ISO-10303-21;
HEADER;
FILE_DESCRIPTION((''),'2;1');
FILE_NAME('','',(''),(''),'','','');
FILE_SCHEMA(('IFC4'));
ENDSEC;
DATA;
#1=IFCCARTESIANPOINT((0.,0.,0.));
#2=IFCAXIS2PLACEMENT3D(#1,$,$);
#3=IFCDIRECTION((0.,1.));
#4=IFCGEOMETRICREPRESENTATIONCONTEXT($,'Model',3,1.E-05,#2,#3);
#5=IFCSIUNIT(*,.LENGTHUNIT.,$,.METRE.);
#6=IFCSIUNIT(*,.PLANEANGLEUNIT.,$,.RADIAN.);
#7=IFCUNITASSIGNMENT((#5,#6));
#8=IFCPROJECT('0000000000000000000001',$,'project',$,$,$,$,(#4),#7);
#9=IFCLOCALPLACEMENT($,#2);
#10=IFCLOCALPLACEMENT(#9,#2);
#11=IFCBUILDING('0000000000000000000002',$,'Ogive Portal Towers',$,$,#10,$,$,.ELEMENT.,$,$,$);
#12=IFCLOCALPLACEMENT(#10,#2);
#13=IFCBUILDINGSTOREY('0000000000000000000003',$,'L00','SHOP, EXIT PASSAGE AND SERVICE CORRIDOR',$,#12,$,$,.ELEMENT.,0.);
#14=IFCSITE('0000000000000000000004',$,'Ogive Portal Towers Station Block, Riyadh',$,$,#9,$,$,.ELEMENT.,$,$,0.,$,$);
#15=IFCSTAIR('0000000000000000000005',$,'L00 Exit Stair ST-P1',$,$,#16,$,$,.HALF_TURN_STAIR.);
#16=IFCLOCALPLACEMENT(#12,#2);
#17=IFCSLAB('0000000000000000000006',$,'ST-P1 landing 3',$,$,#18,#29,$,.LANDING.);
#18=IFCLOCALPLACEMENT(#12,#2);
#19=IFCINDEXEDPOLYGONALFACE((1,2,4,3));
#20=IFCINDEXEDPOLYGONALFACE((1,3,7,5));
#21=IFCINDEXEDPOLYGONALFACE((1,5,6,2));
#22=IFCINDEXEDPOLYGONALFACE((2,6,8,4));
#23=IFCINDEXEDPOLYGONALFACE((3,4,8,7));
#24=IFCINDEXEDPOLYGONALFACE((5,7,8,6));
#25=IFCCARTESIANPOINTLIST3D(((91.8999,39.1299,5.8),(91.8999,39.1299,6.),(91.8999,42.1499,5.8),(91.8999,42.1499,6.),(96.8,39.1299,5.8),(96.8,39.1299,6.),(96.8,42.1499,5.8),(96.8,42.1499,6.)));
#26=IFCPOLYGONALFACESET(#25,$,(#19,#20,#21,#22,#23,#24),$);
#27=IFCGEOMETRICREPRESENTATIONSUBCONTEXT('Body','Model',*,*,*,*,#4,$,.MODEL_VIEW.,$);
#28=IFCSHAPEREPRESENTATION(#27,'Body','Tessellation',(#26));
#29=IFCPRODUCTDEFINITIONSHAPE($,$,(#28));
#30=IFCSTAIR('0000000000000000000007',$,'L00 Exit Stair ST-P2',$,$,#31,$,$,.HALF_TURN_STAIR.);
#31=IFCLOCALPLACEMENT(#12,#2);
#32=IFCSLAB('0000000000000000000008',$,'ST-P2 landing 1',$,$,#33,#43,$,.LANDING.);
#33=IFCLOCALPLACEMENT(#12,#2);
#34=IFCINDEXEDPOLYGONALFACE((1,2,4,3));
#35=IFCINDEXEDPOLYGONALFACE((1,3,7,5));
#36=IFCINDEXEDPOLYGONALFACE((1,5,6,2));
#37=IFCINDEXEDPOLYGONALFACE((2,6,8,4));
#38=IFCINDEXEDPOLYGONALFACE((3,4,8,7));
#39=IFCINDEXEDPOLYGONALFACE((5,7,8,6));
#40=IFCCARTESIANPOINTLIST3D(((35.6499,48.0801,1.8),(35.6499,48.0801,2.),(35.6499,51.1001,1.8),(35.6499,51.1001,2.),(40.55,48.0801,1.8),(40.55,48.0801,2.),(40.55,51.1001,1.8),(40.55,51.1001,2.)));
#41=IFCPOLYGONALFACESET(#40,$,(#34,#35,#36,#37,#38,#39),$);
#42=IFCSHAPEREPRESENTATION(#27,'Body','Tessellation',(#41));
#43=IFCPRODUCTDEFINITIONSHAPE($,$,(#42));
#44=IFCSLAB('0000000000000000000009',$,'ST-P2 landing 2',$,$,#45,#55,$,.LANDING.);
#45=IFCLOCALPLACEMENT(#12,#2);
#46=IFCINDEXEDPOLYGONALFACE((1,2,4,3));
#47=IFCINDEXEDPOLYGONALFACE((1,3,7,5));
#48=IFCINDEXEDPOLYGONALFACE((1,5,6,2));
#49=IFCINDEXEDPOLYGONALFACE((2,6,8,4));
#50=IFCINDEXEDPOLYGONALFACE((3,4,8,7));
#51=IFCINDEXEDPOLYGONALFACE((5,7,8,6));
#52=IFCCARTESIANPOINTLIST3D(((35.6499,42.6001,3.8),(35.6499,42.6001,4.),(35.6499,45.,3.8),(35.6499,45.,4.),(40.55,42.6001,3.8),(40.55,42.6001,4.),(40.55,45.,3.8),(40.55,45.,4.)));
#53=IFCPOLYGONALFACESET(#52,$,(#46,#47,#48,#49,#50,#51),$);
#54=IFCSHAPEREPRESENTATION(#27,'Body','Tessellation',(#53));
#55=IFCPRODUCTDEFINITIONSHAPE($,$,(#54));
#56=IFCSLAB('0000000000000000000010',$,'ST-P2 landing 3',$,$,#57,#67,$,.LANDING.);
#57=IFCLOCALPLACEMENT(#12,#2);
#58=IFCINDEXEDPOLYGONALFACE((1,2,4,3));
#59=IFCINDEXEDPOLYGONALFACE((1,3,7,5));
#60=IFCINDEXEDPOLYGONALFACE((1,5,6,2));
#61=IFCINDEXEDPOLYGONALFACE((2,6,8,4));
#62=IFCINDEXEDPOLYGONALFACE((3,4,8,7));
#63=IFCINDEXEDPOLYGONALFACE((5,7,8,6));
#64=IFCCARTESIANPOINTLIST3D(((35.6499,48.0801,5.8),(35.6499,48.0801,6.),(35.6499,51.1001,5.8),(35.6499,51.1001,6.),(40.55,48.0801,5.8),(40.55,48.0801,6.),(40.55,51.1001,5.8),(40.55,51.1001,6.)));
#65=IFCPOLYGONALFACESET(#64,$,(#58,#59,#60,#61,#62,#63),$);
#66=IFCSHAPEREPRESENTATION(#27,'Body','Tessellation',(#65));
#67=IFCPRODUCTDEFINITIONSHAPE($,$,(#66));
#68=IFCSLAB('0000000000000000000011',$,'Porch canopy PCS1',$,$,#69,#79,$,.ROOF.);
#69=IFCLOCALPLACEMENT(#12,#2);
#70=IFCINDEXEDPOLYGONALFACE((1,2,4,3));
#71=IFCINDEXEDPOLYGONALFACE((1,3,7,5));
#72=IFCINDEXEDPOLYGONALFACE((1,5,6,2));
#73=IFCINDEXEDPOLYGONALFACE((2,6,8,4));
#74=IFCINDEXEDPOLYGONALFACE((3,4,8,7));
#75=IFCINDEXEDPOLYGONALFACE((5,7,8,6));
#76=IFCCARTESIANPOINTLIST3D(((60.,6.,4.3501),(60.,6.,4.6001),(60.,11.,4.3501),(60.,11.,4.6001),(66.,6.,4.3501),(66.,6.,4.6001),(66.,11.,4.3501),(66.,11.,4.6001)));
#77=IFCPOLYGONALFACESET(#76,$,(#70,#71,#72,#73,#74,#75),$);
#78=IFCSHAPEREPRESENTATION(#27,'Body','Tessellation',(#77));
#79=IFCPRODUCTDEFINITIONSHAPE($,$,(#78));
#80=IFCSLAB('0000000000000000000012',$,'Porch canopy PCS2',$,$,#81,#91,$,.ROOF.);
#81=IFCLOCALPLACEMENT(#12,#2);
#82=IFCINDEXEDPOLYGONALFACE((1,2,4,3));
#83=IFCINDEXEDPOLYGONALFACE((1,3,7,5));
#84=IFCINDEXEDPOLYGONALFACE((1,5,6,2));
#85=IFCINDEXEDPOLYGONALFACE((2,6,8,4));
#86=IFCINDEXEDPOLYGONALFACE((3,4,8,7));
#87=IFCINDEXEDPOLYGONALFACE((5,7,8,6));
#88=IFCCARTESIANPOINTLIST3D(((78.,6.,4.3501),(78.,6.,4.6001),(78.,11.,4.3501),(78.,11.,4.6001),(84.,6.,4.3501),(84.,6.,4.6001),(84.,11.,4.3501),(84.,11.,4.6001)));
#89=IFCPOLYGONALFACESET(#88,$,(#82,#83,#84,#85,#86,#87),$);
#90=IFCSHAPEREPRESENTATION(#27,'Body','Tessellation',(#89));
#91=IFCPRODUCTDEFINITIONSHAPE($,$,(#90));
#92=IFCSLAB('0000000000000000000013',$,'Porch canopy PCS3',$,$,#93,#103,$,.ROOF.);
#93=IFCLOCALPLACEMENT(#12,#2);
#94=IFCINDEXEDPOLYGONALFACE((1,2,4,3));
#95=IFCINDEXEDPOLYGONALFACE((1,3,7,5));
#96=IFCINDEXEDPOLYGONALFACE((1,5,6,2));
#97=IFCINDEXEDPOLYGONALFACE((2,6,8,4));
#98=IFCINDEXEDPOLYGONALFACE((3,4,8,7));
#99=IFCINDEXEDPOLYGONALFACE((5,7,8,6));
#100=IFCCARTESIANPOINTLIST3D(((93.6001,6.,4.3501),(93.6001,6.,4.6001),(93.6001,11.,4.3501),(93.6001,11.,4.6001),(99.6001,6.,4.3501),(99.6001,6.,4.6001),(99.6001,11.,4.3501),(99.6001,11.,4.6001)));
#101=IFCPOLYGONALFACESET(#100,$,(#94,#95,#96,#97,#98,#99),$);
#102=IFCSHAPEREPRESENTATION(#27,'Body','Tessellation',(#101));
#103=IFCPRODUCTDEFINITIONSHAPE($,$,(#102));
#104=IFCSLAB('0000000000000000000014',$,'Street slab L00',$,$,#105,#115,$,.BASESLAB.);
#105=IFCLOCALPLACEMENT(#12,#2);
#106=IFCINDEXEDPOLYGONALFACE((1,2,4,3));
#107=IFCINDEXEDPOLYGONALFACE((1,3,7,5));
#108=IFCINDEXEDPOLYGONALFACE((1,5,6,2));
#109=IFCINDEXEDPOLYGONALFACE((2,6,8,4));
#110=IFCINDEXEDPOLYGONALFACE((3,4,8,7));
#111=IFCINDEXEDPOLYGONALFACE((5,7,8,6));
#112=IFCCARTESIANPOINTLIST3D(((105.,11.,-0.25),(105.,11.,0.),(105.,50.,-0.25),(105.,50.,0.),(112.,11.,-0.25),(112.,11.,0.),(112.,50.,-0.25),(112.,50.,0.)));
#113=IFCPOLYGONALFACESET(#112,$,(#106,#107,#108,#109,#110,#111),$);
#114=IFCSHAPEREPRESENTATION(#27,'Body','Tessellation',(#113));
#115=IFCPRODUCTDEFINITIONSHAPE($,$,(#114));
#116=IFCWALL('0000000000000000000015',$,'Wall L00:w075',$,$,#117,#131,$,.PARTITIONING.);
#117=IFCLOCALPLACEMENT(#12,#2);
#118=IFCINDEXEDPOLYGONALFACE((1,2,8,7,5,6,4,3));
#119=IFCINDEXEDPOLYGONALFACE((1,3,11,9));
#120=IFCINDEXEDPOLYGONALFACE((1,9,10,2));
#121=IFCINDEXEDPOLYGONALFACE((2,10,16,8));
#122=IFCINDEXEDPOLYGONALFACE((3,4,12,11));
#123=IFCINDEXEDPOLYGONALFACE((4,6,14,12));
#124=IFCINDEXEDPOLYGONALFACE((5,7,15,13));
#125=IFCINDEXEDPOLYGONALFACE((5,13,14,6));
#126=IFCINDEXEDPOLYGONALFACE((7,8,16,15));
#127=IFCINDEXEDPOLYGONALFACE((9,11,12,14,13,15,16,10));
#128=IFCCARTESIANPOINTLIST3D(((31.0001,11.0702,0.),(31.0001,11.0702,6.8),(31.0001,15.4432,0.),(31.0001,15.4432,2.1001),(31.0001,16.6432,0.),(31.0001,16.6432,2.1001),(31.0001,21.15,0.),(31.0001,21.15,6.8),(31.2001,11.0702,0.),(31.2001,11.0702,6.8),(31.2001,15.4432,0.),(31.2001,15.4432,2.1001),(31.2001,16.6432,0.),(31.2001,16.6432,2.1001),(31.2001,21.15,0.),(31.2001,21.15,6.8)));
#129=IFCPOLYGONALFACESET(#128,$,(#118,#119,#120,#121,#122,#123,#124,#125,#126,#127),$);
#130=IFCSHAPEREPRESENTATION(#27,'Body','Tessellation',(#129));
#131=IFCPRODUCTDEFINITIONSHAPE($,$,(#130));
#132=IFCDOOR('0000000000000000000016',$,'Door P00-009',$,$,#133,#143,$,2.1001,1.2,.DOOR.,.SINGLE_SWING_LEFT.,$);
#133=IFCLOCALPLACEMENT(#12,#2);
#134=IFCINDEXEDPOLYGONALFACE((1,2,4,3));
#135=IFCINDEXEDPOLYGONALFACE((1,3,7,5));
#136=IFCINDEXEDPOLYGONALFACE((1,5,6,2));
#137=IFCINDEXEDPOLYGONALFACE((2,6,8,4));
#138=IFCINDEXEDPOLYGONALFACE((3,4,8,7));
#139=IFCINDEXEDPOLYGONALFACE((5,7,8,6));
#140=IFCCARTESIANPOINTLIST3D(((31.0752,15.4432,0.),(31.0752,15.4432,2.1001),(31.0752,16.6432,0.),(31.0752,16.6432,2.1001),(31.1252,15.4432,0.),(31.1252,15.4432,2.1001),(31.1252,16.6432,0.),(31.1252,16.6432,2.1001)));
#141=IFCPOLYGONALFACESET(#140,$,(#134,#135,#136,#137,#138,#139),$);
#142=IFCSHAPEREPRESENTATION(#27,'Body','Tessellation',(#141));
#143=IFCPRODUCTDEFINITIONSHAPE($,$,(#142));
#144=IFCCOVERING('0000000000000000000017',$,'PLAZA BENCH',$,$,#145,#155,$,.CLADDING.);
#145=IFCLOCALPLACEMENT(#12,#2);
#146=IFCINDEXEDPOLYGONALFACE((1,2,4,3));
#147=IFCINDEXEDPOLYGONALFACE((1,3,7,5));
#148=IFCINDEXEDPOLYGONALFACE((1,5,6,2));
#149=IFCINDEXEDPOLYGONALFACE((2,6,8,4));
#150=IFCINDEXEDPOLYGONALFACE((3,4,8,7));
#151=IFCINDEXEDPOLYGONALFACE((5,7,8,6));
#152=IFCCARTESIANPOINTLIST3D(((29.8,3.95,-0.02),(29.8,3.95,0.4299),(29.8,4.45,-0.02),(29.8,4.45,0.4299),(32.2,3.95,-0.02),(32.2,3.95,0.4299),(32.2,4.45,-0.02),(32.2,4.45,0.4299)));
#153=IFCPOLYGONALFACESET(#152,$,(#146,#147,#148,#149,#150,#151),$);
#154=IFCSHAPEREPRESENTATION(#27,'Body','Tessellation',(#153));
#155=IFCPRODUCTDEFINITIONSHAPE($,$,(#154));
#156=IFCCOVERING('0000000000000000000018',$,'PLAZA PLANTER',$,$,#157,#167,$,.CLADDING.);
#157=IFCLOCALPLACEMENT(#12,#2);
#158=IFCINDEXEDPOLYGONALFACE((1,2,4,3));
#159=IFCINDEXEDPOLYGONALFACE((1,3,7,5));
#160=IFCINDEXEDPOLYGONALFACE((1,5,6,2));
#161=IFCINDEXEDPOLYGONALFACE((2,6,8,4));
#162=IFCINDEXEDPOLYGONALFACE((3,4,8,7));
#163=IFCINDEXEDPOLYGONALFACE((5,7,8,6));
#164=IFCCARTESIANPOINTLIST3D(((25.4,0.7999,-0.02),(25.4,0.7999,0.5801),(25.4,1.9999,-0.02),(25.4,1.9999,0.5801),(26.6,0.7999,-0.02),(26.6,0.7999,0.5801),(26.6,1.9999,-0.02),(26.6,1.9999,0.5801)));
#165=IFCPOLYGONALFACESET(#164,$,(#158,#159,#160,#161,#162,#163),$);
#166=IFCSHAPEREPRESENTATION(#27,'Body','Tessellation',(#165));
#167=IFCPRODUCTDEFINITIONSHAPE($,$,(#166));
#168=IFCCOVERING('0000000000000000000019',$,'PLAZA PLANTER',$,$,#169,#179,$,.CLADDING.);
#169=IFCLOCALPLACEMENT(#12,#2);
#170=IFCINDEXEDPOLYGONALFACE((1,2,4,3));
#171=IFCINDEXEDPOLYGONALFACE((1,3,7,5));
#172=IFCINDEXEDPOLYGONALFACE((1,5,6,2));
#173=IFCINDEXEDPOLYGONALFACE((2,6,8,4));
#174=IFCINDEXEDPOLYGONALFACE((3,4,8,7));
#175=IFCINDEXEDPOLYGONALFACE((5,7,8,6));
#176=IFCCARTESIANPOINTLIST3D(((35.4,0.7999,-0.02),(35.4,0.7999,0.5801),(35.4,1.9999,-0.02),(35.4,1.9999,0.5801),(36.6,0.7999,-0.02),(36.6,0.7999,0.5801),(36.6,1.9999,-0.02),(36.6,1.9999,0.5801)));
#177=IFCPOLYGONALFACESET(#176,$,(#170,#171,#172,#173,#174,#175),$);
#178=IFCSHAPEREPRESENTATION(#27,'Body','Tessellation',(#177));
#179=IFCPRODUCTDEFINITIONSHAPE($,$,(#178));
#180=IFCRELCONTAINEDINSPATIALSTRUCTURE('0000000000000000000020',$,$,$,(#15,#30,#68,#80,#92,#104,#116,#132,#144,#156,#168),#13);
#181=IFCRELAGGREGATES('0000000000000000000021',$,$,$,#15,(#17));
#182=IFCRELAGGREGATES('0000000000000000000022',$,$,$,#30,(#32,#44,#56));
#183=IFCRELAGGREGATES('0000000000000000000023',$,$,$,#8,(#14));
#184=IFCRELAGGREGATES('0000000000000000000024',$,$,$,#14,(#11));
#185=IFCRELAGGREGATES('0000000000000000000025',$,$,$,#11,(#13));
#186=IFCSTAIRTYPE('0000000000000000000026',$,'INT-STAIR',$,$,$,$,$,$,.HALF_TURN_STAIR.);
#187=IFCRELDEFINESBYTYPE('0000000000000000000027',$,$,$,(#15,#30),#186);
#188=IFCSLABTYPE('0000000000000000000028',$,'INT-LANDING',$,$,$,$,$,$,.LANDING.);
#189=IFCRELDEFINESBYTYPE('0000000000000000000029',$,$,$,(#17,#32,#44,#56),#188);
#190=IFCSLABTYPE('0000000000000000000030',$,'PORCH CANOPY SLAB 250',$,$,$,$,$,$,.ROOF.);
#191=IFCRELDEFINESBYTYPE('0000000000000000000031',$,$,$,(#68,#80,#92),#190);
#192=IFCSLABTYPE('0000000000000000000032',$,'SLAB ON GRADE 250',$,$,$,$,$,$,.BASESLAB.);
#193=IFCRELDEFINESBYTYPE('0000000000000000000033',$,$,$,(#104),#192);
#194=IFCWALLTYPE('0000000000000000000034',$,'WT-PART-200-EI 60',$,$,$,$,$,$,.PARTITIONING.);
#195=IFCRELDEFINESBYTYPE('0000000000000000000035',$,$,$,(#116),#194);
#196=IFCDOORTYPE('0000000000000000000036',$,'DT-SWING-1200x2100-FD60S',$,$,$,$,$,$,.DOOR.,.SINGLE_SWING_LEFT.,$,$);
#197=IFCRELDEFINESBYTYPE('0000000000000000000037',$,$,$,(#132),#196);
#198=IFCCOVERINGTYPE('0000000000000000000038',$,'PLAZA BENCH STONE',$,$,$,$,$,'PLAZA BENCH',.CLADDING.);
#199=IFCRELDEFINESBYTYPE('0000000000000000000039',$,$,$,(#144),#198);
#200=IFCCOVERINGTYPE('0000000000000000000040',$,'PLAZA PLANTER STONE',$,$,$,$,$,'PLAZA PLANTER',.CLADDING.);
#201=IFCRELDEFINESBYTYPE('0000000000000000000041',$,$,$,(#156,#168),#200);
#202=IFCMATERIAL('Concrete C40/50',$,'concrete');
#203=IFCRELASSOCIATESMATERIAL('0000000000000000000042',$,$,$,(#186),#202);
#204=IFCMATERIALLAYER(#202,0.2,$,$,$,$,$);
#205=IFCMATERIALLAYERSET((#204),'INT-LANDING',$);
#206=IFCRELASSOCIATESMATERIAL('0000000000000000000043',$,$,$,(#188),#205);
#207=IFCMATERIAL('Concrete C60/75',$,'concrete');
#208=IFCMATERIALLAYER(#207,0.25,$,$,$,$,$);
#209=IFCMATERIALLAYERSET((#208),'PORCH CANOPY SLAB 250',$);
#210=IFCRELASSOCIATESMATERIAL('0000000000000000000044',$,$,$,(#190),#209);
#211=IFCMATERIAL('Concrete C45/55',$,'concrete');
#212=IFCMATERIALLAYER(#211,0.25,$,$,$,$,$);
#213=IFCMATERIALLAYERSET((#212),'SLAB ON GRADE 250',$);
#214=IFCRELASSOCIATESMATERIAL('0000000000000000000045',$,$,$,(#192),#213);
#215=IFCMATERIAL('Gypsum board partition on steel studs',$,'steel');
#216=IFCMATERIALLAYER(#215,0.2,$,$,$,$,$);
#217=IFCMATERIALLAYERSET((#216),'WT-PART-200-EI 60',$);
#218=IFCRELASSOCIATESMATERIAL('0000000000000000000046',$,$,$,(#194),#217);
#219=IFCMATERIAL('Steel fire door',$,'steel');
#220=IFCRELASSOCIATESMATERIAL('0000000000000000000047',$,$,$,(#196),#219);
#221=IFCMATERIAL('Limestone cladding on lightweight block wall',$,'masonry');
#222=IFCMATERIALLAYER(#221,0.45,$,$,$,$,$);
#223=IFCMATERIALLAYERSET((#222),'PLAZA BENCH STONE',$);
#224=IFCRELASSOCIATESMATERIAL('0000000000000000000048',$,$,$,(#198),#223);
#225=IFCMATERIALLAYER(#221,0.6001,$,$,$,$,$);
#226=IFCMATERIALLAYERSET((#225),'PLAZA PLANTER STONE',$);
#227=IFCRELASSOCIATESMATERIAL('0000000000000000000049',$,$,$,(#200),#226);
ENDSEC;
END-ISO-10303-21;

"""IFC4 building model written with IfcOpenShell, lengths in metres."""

from ifc_helpers import new_model, si_unit, direction, frame, frame_2d, origin, origin_2d, place, context, subcontext, project, spatial, polyline, rectangle, outline, extrude, material, layer, layer_set, type_object, element, fill, aggregate, save


model = new_model("IFC4")

# Units and contexts
model_context = context("Model", 3, precision=1e-05, world=origin(), true_north=direction((0.0, 1.0)))
body_context = subcontext(model_context, "Body", "Model", "MODEL_VIEW")
ifc_project = project(units=[si_unit("LENGTHUNIT", "METRE"), si_unit("PLANEANGLEUNIT", "RADIAN")], contexts=[model_context])

# Site, building, storey
site_placement = place(None, origin())
site = spatial("IfcSite", under=ifc_project, at=site_placement, Name="Ogive Portal Towers Station Block, Riyadh", CompositionType="ELEMENT", RefElevation=0.0)
building_placement = place(site_placement, origin())
building = spatial("IfcBuilding", under=site, at=building_placement, Name="Ogive Portal Towers", CompositionType="ELEMENT")
storey_placement = place(building_placement, origin())
storey = spatial("IfcBuildingStorey", under=building, at=storey_placement, Name="L00", Description="SHOP, EXIT PASSAGE AND SERVICE CORRIDOR", CompositionType="ELEMENT", Elevation=0.0)

# Stair, slab
ifc_material_1 = material(Name="Concrete C40/50", Category="concrete")
stair_type = type_object("IfcStairType", Name="INT-STAIR", PredefinedType="HALF_TURN_STAIR", material=ifc_material_1)
stair_1_placement = place(storey_placement, origin())
stair_1 = element("IfcStair", 1, at=stair_1_placement, inside=storey, type_object=stair_type, Name="L00 Exit Stair ST-P1", PredefinedType="HALF_TURN_STAIR")
ifc_layer_1 = layer(ifc_material_1, 0.2)
ifc_layer_set_1 = layer_set([ifc_layer_1], Name="INT-LANDING")
slab_type_1 = type_object("IfcSlabType", Name="INT-LANDING", PredefinedType="LANDING", material=ifc_layer_set_1)
slab_1_placement = place(storey_placement, frame((0.0, 0.0, 5.8)))
slab_1 = element("IfcSlab", 2, at=slab_1_placement, type_object=slab_type_1, Name="ST-P1 landing 3", PredefinedType="LANDING", context=body_context, shape_type="SweptSolid", body=[
    extrude(outline(polyline([(96.8, 39.1299), (96.8, 42.1499), (91.8999, 42.1499), (91.8999, 39.1299), (96.8, 39.1299)])), origin(), (0.0, 0.0, 1.0), 0.2),
])
aggregate(stair_1, [slab_1])

# Stair, slabs
stair_2_placement = place(storey_placement, origin())
stair_2 = element("IfcStair", 3, at=stair_2_placement, inside=storey, type_object=stair_type, Name="L00 Exit Stair ST-P2", PredefinedType="HALF_TURN_STAIR")
slab_2_placement = place(storey_placement, frame((0.0, 0.0, 1.8)))
slab_2 = element("IfcSlab", 4, at=slab_2_placement, type_object=slab_type_1, Name="ST-P2 landing 1", PredefinedType="LANDING", context=body_context, shape_type="SweptSolid", body=[
    extrude(outline(polyline([(40.55, 48.0801), (40.55, 51.1001), (35.6499, 51.1001), (35.6499, 48.0801), (40.55, 48.0801)])), origin(), (0.0, 0.0, 1.0), 0.2),
])
slab_3_placement = place(storey_placement, frame((0.0, 0.0, 3.8)))
slab_3 = element("IfcSlab", 5, at=slab_3_placement, type_object=slab_type_1, Name="ST-P2 landing 2", PredefinedType="LANDING", context=body_context, shape_type="SweptSolid", body=[
    extrude(outline(polyline([(40.55, 42.6001), (40.55, 45.0), (35.6499, 45.0), (35.6499, 42.6001), (40.55, 42.6001)])), origin(), (0.0, 0.0, 1.0), 0.2),
])
slab_4_placement = place(storey_placement, frame((0.0, 0.0, 5.8)))
slab_4 = element("IfcSlab", 6, at=slab_4_placement, type_object=slab_type_1, Name="ST-P2 landing 3", PredefinedType="LANDING", context=body_context, shape_type="SweptSolid", body=[
    extrude(outline(polyline([(40.55, 48.0801), (40.55, 51.1001), (35.6499, 51.1001), (35.6499, 48.0801), (40.55, 48.0801)])), origin(), (0.0, 0.0, 1.0), 0.2),
])
aggregate(stair_2, [slab_2, slab_3, slab_4])

# Slabs
ifc_material_2 = material(Name="Concrete C60/75", Category="concrete")
ifc_layer_2 = layer(ifc_material_2, 0.25)
ifc_layer_set_2 = layer_set([ifc_layer_2], Name="PORCH CANOPY SLAB 250")
slab_type_2 = type_object("IfcSlabType", Name="PORCH CANOPY SLAB 250", PredefinedType="ROOF", material=ifc_layer_set_2)
slab_5_placement = place(storey_placement, frame((0.0, 0.0, 4.3501)))
element("IfcSlab", 7, at=slab_5_placement, inside=storey, type_object=slab_type_2, Name="Porch canopy PCS1", PredefinedType="ROOF", context=body_context, shape_type="SweptSolid", body=[
    extrude(outline(polyline([(60.0, 6.0), (66.0, 6.0), (66.0, 11.0), (60.0, 11.0), (60.0, 6.0)])), origin(), (0.0, 0.0, 1.0), 0.25),
])
slab_6_placement = place(storey_placement, frame((0.0, 0.0, 4.3501)))
element("IfcSlab", 8, at=slab_6_placement, inside=storey, type_object=slab_type_2, Name="Porch canopy PCS2", PredefinedType="ROOF", context=body_context, shape_type="SweptSolid", body=[
    extrude(outline(polyline([(78.0, 6.0), (84.0, 6.0), (84.0, 11.0), (78.0, 11.0), (78.0, 6.0)])), origin(), (0.0, 0.0, 1.0), 0.25),
])
slab_7_placement = place(storey_placement, frame((0.0, 0.0, 4.3501)))
element("IfcSlab", 9, at=slab_7_placement, inside=storey, type_object=slab_type_2, Name="Porch canopy PCS3", PredefinedType="ROOF", context=body_context, shape_type="SweptSolid", body=[
    extrude(outline(polyline([(93.6001, 6.0), (99.6001, 6.0), (99.6001, 11.0), (93.6001, 11.0), (93.6001, 6.0)])), origin(), (0.0, 0.0, 1.0), 0.25),
])
ifc_material_3 = material(Name="Concrete C45/55", Category="concrete")
ifc_layer_3 = layer(ifc_material_3, 0.25)
ifc_layer_set_3 = layer_set([ifc_layer_3], Name="SLAB ON GRADE 250")
slab_type_3 = type_object("IfcSlabType", Name="SLAB ON GRADE 250", PredefinedType="BASESLAB", material=ifc_layer_set_3)
slab_8_placement = place(storey_placement, frame((0.0, 0.0, -0.25)))
element("IfcSlab", 10, at=slab_8_placement, inside=storey, type_object=slab_type_3, Name="Street slab L00", PredefinedType="BASESLAB", context=body_context, shape_type="SweptSolid", body=[
    extrude(outline(polyline([(105.0, 11.0), (112.0, 11.0), (112.0, 50.0), (105.0, 50.0), (105.0, 11.0)])), origin(), (0.0, 0.0, 1.0), 0.25),
])

# Wall, opening, door
ifc_material_4 = material(Name="Gypsum board partition on steel studs", Category="steel")
ifc_layer_4 = layer(ifc_material_4, 0.2)
ifc_layer_set_4 = layer_set([ifc_layer_4], Name="WT-PART-200-EI 60")
wall_type = type_object("IfcWallType", Name="WT-PART-200-EI 60", PredefinedType="PARTITIONING", material=ifc_layer_set_4)
wall_placement = place(storey_placement, frame((31.1001, 11.0701, 0.0), z_axis=(0.0, 0.0, 1.0), x_axis=(0.0, 1.0, 0.0)))
wall = element("IfcWall", 11, at=wall_placement, inside=storey, type_object=wall_type, Name="Wall L00:w075", PredefinedType="PARTITIONING", context=body_context, shape_type="SweptSolid", body=[
    extrude(rectangle(XDim=10.0798, YDim=0.2, at=frame_2d((5.04, 0.0))), origin(), (0.0, 0.0, 1.0), 6.8),
])
opening_placement = place(wall_placement, frame((4.373, 0.0, 0.0)))
opening = element("IfcOpeningElement", 12, at=opening_placement, cuts=wall, PredefinedType="OPENING", context=body_context, shape_type="SweptSolid", body=[
    extrude(rectangle(XDim=1.2, YDim=2.1001, at=frame_2d((0.6001, 1.05))), frame((0.0, 0.1099, 0.0), z_axis=(0.0, -1.0, 0.0), x_axis=(1.0, 0.0, 0.0)), (0.0, 0.0, 1.0), 0.22),
])
ifc_material_5 = material(Name="Steel fire door", Category="steel")
door_type = type_object("IfcDoorType", Name="DT-SWING-1200x2100-FD60S", OperationType="SINGLE_SWING_LEFT", PredefinedType="DOOR", material=ifc_material_5)
door_placement = place(opening_placement, origin())
door = element("IfcDoor", 13, at=door_placement, inside=storey, type_object=door_type, Name="Door P00-009", OperationType="SINGLE_SWING_LEFT", OverallHeight=2.1001, OverallWidth=1.2, PredefinedType="DOOR", context=body_context, shape_type="SweptSolid", body=[
    extrude(rectangle(XDim=1.2, YDim=2.1001, at=frame_2d((0.6001, 1.05))), frame((0.0, 0.0249, 0.0), z_axis=(0.0, -1.0, 0.0), x_axis=(1.0, 0.0, 0.0)), (0.0, 0.0, 1.0), 0.05),
])
fill(opening, door)

# Coverings
ifc_material_6 = material(Name="Limestone cladding on lightweight block wall", Category="masonry")
ifc_layer_5 = layer(ifc_material_6, 0.45)
ifc_layer_set_5 = layer_set([ifc_layer_5], Name="PLAZA BENCH STONE")
covering_type_1 = type_object("IfcCoveringType", Name="PLAZA BENCH STONE", ElementType="PLAZA BENCH", PredefinedType="CLADDING", material=ifc_layer_set_5)
covering_1_placement = place(storey_placement, frame((31.0, 4.2, -0.02), z_axis=(0.0, 0.0, 1.0), x_axis=(1.0, 0.0, 0.0)))
element("IfcCovering", 14, at=covering_1_placement, inside=storey, type_object=covering_type_1, Name="PLAZA BENCH", PredefinedType="CLADDING", context=body_context, shape_type="SweptSolid", body=[
    extrude(rectangle(XDim=2.3999, YDim=0.5, at=origin_2d()), origin(), (0.0, 0.0, 1.0), 0.45),
])
ifc_layer_6 = layer(ifc_material_6, 0.6001)
ifc_layer_set_6 = layer_set([ifc_layer_6], Name="PLAZA PLANTER STONE")
covering_type_2 = type_object("IfcCoveringType", Name="PLAZA PLANTER STONE", ElementType="PLAZA PLANTER", PredefinedType="CLADDING", material=ifc_layer_set_6)
for number, where, z_axis, x_axis, name in (
    (15, (26.0, 1.3999, -0.02), (0.0, 0.0, 1.0), (1.0, 0.0, 0.0), "PLAZA PLANTER"),
    (16, (36.0, 1.3999, -0.02), (0.0, 0.0, 1.0), (1.0, 0.0, 0.0), "PLAZA PLANTER"),
):
    element("IfcCovering", number, at=place(storey_placement, frame(where, z_axis=z_axis, x_axis=x_axis)), inside=storey, type_object=covering_type_2, Name=name, PredefinedType="CLADDING", context=body_context, shape_type="SweptSolid", body=[
        extrude(rectangle(XDim=1.2, YDim=1.2, at=origin_2d()), origin(), (0.0, 0.0, 1.0), 0.6001),
    ])

save(model, "model.ifc")
